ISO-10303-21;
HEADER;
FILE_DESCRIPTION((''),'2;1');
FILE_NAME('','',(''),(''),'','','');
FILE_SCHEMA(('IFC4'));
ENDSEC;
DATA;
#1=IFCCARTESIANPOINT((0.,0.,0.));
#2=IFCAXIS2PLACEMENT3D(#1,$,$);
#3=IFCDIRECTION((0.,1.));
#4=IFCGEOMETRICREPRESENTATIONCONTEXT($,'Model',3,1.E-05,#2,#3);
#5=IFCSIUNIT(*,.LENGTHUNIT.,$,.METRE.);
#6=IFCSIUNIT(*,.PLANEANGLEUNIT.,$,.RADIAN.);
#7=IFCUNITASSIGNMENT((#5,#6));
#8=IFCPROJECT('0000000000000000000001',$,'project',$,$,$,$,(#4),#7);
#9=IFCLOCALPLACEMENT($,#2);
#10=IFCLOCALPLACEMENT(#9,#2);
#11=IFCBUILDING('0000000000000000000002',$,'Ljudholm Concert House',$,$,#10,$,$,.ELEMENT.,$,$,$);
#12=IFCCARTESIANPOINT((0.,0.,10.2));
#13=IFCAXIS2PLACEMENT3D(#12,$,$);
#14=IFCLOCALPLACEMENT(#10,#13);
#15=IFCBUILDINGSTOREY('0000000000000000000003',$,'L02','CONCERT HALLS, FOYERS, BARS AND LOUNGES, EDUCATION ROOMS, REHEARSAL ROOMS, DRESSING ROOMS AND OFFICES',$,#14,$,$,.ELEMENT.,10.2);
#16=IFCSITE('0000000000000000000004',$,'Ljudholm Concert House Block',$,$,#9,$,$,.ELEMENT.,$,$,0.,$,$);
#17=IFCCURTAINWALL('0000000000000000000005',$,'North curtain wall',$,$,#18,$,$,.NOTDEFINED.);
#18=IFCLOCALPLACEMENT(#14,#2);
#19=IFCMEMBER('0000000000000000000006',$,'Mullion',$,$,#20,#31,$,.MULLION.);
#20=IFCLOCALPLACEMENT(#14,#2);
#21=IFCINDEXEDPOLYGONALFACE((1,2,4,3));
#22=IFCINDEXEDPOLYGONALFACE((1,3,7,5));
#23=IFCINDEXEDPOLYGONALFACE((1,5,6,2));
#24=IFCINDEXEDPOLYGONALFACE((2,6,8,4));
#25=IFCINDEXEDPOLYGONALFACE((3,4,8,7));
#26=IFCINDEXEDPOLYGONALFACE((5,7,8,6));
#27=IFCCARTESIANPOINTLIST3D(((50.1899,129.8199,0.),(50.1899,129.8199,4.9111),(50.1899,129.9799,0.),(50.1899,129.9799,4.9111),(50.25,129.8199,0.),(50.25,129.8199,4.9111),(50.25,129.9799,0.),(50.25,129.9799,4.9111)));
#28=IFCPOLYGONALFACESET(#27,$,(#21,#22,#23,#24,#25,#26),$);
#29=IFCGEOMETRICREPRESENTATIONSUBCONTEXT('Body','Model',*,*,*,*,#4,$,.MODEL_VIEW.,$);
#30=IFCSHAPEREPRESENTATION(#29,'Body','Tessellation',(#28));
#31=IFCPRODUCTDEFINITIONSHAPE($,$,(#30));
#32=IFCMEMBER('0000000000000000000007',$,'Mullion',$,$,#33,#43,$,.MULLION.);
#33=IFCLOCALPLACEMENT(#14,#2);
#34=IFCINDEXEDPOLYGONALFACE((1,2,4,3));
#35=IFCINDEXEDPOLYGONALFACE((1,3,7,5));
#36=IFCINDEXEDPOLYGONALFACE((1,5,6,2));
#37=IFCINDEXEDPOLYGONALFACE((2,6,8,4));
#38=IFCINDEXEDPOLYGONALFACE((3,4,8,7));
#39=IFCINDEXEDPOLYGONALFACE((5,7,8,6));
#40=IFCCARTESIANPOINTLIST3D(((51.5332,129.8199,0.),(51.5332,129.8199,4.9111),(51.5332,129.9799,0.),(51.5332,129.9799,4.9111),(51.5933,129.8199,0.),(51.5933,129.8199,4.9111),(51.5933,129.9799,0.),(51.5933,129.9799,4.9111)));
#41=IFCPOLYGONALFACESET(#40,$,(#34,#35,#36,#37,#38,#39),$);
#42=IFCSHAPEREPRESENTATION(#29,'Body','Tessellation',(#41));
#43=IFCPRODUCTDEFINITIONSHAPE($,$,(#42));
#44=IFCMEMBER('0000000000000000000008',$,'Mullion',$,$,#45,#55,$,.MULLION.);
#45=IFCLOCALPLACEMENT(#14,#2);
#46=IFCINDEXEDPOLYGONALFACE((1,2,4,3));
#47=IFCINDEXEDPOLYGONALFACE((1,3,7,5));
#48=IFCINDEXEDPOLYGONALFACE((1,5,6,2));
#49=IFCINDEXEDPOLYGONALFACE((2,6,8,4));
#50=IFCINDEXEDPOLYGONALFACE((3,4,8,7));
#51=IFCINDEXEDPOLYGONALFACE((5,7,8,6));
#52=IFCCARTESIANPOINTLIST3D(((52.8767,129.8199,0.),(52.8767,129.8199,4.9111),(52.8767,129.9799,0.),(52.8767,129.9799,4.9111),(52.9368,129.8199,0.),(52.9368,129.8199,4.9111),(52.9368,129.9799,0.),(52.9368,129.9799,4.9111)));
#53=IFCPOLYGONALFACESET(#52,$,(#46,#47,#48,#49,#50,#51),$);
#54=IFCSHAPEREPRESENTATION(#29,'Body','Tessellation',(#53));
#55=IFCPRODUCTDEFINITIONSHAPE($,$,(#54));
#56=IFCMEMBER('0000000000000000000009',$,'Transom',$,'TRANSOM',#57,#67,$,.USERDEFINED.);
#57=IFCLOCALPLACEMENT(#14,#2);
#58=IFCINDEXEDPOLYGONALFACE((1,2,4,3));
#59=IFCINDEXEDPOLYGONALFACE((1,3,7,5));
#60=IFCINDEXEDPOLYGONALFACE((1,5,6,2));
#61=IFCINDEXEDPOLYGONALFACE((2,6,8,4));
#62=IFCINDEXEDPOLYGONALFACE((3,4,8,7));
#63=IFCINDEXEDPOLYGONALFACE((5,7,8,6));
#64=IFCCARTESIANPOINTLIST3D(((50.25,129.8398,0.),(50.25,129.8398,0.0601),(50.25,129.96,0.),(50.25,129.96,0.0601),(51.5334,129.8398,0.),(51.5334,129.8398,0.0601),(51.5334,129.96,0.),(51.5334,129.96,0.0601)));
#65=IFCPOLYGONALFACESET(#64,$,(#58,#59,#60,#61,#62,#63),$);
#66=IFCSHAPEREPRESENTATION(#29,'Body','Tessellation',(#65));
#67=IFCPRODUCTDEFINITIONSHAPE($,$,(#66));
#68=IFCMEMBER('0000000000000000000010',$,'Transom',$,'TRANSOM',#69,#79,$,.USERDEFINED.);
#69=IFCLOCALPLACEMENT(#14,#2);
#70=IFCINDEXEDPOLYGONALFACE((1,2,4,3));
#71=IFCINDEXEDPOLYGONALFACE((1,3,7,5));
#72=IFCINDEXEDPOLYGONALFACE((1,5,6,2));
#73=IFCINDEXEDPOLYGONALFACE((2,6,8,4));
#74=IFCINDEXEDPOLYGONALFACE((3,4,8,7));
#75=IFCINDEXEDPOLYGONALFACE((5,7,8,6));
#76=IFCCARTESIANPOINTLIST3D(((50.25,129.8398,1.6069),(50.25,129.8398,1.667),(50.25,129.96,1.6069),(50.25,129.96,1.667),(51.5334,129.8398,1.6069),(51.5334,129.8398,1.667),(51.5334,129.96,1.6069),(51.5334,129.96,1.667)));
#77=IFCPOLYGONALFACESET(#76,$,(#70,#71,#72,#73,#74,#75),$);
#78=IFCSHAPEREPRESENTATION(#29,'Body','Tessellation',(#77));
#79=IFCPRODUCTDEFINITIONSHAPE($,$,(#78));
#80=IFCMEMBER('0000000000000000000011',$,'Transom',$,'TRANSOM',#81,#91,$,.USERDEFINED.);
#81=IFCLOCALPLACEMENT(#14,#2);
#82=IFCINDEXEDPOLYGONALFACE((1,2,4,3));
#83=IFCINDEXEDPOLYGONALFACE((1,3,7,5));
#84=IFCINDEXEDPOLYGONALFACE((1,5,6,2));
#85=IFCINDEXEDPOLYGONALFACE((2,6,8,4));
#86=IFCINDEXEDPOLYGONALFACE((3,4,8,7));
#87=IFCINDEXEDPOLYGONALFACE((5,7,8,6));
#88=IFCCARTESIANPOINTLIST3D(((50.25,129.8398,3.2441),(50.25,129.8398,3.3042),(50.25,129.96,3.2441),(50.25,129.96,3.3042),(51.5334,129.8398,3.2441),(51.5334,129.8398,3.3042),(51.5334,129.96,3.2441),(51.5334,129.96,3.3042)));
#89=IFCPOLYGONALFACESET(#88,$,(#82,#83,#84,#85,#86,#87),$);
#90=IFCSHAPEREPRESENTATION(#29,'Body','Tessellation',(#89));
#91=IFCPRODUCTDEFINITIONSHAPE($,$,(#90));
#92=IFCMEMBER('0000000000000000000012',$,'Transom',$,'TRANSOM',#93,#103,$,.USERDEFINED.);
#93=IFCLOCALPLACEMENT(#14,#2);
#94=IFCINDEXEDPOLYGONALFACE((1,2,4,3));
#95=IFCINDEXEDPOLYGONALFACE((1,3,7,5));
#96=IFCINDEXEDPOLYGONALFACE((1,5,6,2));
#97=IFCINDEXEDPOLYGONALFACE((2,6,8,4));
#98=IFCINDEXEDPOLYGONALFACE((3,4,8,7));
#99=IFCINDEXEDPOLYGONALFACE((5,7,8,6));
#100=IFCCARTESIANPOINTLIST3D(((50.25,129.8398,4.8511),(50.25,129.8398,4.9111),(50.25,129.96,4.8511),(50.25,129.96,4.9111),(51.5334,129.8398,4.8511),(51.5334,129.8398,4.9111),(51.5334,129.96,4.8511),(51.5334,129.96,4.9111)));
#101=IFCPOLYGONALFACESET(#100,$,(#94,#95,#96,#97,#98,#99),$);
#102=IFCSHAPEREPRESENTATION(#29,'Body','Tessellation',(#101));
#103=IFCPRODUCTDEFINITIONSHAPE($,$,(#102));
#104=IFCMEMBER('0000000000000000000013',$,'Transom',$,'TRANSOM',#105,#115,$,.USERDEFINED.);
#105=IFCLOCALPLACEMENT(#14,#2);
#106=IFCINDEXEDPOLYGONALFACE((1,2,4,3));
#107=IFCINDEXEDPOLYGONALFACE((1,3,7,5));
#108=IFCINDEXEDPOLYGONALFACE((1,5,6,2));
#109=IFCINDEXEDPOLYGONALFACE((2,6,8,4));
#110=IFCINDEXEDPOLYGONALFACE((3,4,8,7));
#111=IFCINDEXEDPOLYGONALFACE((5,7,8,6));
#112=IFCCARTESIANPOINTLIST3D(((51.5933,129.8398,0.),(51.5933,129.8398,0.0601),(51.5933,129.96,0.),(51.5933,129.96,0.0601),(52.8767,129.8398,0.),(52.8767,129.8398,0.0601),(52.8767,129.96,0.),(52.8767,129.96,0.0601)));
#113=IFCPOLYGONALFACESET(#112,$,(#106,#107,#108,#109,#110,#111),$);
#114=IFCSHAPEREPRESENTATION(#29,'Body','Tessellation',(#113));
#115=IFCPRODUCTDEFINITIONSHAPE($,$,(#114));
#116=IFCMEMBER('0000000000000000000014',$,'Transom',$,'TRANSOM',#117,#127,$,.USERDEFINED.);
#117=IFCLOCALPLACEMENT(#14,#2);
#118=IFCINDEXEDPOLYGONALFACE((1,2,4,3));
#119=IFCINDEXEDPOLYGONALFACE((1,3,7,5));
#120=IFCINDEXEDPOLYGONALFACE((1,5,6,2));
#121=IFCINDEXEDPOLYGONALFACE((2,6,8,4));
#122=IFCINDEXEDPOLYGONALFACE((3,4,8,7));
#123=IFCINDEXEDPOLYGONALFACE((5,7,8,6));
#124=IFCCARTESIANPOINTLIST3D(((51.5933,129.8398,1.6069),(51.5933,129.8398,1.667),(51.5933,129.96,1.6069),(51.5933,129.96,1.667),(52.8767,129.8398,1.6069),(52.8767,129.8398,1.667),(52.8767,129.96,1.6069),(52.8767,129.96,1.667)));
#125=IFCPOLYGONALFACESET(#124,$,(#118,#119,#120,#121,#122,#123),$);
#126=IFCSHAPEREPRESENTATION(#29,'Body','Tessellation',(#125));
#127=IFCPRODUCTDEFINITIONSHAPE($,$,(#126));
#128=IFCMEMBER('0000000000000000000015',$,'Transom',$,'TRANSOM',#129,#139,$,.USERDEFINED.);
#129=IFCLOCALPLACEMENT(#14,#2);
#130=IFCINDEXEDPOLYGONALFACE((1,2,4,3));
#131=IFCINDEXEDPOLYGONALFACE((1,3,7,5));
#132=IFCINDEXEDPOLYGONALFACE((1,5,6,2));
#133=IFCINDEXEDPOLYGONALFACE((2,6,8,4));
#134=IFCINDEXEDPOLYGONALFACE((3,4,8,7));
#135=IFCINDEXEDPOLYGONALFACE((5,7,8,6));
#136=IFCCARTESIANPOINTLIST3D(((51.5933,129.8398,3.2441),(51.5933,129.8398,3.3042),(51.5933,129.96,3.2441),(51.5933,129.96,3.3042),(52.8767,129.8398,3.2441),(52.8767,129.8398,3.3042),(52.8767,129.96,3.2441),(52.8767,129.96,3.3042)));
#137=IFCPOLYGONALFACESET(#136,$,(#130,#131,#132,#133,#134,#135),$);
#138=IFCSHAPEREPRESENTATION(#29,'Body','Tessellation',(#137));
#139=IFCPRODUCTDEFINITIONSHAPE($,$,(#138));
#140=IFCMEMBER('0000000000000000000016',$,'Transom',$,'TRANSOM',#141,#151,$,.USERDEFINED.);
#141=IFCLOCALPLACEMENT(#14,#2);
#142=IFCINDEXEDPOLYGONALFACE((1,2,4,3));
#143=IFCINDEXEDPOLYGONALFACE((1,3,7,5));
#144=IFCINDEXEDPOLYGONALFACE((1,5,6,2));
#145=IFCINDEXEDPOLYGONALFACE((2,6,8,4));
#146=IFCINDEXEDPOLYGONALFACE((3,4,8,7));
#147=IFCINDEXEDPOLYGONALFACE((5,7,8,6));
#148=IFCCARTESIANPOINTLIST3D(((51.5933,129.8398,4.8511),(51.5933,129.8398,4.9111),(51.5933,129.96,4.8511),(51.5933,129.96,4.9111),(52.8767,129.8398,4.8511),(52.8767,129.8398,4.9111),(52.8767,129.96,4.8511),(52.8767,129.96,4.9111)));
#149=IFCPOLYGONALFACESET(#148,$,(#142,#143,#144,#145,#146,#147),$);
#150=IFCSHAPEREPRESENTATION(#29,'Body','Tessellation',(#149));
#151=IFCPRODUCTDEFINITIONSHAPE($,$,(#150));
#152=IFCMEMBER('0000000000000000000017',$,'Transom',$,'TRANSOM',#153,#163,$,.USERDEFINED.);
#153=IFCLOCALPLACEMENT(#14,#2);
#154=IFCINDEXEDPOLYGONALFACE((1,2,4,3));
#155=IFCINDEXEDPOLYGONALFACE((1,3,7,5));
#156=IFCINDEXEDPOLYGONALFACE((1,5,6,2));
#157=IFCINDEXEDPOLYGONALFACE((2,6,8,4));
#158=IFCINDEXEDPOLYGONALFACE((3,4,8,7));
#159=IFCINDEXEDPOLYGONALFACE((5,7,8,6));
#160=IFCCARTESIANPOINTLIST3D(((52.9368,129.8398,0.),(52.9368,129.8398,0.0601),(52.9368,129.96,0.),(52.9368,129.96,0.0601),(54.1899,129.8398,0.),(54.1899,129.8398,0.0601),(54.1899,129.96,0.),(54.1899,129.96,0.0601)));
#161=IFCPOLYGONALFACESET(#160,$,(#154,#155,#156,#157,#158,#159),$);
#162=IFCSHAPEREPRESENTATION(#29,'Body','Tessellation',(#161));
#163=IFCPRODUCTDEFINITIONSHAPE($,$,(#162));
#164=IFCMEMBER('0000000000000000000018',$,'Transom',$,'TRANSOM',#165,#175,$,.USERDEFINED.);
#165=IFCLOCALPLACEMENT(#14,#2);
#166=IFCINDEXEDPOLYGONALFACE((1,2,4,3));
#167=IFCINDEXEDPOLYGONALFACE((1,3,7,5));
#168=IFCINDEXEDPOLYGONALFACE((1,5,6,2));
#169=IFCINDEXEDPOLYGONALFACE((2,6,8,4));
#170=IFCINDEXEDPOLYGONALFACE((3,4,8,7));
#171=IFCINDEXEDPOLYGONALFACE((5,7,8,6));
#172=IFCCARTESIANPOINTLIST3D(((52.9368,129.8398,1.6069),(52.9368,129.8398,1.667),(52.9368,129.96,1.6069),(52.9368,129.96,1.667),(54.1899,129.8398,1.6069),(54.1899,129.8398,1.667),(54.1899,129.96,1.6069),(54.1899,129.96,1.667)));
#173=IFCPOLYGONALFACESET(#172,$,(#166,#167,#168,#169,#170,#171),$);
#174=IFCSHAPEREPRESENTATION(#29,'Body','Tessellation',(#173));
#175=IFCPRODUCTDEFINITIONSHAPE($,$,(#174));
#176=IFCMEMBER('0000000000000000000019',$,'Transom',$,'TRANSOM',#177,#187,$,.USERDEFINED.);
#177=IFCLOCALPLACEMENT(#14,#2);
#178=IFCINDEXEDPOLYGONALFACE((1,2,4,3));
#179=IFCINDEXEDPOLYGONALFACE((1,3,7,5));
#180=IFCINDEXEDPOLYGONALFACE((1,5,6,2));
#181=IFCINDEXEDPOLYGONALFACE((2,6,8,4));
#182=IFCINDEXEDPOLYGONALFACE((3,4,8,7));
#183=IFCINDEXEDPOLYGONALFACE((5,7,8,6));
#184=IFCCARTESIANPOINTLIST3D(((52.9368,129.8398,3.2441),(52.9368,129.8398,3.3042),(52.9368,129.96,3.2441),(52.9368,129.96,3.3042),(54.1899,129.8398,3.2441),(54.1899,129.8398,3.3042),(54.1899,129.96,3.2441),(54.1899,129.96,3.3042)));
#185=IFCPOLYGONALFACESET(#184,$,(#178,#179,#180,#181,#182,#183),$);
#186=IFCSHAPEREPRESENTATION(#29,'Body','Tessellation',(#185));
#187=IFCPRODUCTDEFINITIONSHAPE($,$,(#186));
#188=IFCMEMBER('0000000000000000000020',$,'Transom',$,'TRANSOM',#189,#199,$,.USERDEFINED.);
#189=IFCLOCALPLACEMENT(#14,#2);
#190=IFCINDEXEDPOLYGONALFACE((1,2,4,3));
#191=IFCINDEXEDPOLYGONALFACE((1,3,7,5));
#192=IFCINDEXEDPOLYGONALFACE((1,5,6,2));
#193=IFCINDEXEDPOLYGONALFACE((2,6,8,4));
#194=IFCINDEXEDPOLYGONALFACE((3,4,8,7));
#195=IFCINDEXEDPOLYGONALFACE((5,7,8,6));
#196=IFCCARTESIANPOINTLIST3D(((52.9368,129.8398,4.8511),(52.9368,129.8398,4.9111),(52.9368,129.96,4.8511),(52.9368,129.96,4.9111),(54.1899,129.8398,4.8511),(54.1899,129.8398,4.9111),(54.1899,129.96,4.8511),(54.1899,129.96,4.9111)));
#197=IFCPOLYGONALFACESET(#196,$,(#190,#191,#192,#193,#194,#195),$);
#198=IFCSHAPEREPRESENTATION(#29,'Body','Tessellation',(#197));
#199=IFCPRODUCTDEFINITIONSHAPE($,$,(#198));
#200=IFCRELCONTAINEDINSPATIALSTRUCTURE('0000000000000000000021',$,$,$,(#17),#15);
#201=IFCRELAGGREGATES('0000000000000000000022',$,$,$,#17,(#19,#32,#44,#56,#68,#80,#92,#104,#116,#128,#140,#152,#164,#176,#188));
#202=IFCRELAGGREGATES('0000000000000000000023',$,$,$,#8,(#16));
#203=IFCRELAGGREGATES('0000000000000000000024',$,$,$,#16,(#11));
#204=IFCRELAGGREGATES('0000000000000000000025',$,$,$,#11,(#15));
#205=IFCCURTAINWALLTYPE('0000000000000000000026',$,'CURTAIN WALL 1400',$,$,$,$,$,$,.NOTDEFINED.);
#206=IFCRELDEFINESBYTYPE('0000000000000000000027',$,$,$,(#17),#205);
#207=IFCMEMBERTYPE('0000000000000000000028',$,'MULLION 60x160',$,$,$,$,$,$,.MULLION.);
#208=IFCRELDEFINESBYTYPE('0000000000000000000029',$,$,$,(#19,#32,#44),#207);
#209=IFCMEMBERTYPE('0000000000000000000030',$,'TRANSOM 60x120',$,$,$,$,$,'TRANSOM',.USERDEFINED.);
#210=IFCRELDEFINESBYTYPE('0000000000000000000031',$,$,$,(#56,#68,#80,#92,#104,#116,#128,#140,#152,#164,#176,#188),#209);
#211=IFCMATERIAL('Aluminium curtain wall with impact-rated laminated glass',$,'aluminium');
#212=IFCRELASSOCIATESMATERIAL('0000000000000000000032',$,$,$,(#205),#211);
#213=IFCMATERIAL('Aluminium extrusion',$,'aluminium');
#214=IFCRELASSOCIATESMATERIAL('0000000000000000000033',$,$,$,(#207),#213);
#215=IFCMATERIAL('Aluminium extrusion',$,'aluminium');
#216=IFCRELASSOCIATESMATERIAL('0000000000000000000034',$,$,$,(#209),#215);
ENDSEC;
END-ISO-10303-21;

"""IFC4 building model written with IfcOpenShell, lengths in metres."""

from ifc_helpers import new_model, si_unit, direction, frame, origin, origin_2d, place, context, subcontext, project, spatial, rectangle, extrude, material, material_profile, profile_set, type_object, element, aggregate, save


model = new_model("IFC4")

# Units and contexts
model_context = context("Model", 3, precision=1e-05, world=origin(), true_north=direction((0.0, 1.0)))
body_context = subcontext(model_context, "Body", "Model", "MODEL_VIEW")
ifc_project = project(units=[si_unit("LENGTHUNIT", "METRE"), si_unit("PLANEANGLEUNIT", "RADIAN")], contexts=[model_context])

# Site, building, storey
site_placement = place(None, origin())
site = spatial("IfcSite", under=ifc_project, at=site_placement, Name="Ljudholm Concert House Block", CompositionType="ELEMENT", RefElevation=0.0)
building_placement = place(site_placement, origin())
building = spatial("IfcBuilding", under=site, at=building_placement, Name="Ljudholm Concert House", CompositionType="ELEMENT")
storey_placement = place(building_placement, frame((0.0, 0.0, 10.2)))
storey = spatial("IfcBuildingStorey", under=building, at=storey_placement, Name="L02", Description="CONCERT HALLS, FOYERS, BARS AND LOUNGES, EDUCATION ROOMS, REHEARSAL ROOMS, DRESSING ROOMS AND OFFICES", CompositionType="ELEMENT", Elevation=10.2)

# Curtain wall, members
ifc_material_1 = material(Name="Aluminium curtain wall with impact-rated laminated glass", Category="aluminium")
curtain_wall_type = type_object("IfcCurtainWallType", Name="CURTAIN WALL 1400", PredefinedType="NOTDEFINED", material=ifc_material_1)
curtain_wall_placement = place(storey_placement, origin())
curtain_wall = element("IfcCurtainWall", 1, at=curtain_wall_placement, inside=storey, type_object=curtain_wall_type, Name="North curtain wall", PredefinedType="NOTDEFINED")
ifc_material_2 = material(Name="Aluminium extrusion", Category="aluminium")
ifc_material_profile_1 = material_profile(ifc_material_2, rectangle(XDim=0.1599, YDim=0.0601, at=origin_2d()), Name="MULLION 60x160")
ifc_profile_set_1 = profile_set([ifc_material_profile_1], Name="Aluminium extrusion")
member_type_1 = type_object("IfcMemberType", Name="MULLION 60x160", PredefinedType="MULLION", material=ifc_profile_set_1)
member_1_placement = place(storey_placement, frame((50.22, 129.8999, 0.0), z_axis=(0.0, 0.0, 1.0), x_axis=(0.0, 1.0, 0.0)))
member_1 = element("IfcMember", 2, at=member_1_placement, type_object=member_type_1, Name="Mullion", PredefinedType="MULLION", context=body_context, shape_type="SweptSolid", body=[
    extrude(rectangle(XDim=0.1599, YDim=0.0601, at=origin_2d()), origin(), (0.0, 0.0, 1.0), 4.9111),
])
member_2_placement = place(storey_placement, frame((51.5632, 129.8999, 0.0), z_axis=(0.0, 0.0, 1.0), x_axis=(0.0, 1.0, 0.0)))
member_2 = element("IfcMember", 3, at=member_2_placement, type_object=member_type_1, Name="Mullion", PredefinedType="MULLION", context=body_context, shape_type="SweptSolid", body=[
    extrude(rectangle(XDim=0.1599, YDim=0.0601, at=origin_2d()), origin(), (0.0, 0.0, 1.0), 4.9111),
])
member_3_placement = place(storey_placement, frame((52.9067, 129.8999, 0.0), z_axis=(0.0, 0.0, 1.0), x_axis=(0.0, 1.0, 0.0)))
member_3 = element("IfcMember", 4, at=member_3_placement, type_object=member_type_1, Name="Mullion", PredefinedType="MULLION", context=body_context, shape_type="SweptSolid", body=[
    extrude(rectangle(XDim=0.1599, YDim=0.0601, at=origin_2d()), origin(), (0.0, 0.0, 1.0), 4.9111),
])
ifc_material_3 = material(Name="Aluminium extrusion", Category="aluminium")
ifc_material_profile_2 = material_profile(ifc_material_3, rectangle(XDim=0.1201, YDim=0.0601, at=origin_2d()), Name="TRANSOM 60x120")
ifc_profile_set_2 = profile_set([ifc_material_profile_2], Name="Aluminium extrusion")
member_type_2 = type_object("IfcMemberType", Name="TRANSOM 60x120", ElementType="TRANSOM", PredefinedType="USERDEFINED", material=ifc_profile_set_2)
member_4_placement = place(storey_placement, frame((50.25, 129.8999, 0.03), z_axis=(1.0, 0.0, 0.0), x_axis=(0.0, 1.0, 0.0)))
member_4 = element("IfcMember", 5, at=member_4_placement, type_object=member_type_2, Name="Transom", ObjectType="TRANSOM", PredefinedType="USERDEFINED", context=body_context, shape_type="SweptSolid", body=[
    extrude(rectangle(XDim=0.1201, YDim=0.0601, at=origin_2d()), origin(), (0.0, 0.0, 1.0), 1.2834),
])
member_5_placement = place(storey_placement, frame((50.25, 129.8999, 1.637), z_axis=(1.0, 0.0, 0.0), x_axis=(0.0, 1.0, 0.0)))
member_5 = element("IfcMember", 6, at=member_5_placement, type_object=member_type_2, Name="Transom", ObjectType="TRANSOM", PredefinedType="USERDEFINED", context=body_context, shape_type="SweptSolid", body=[
    extrude(rectangle(XDim=0.1201, YDim=0.0601, at=origin_2d()), origin(), (0.0, 0.0, 1.0), 1.2834),
])
member_6_placement = place(storey_placement, frame((50.25, 129.8999, 3.2742), z_axis=(1.0, 0.0, 0.0), x_axis=(0.0, 1.0, 0.0)))
member_6 = element("IfcMember", 7, at=member_6_placement, type_object=member_type_2, Name="Transom", ObjectType="TRANSOM", PredefinedType="USERDEFINED", context=body_context, shape_type="SweptSolid", body=[
    extrude(rectangle(XDim=0.1201, YDim=0.0601, at=origin_2d()), origin(), (0.0, 0.0, 1.0), 1.2834),
])
member_7_placement = place(storey_placement, frame((50.25, 129.8999, 4.8811), z_axis=(1.0, 0.0, 0.0), x_axis=(0.0, 1.0, 0.0)))
member_7 = element("IfcMember", 8, at=member_7_placement, type_object=member_type_2, Name="Transom", ObjectType="TRANSOM", PredefinedType="USERDEFINED", context=body_context, shape_type="SweptSolid", body=[
    extrude(rectangle(XDim=0.1201, YDim=0.0601, at=origin_2d()), origin(), (0.0, 0.0, 1.0), 1.2834),
])
member_8_placement = place(storey_placement, frame((51.5933, 129.8999, 0.03), z_axis=(1.0, 0.0, 0.0), x_axis=(0.0, 1.0, 0.0)))
member_8 = element("IfcMember", 9, at=member_8_placement, type_object=member_type_2, Name="Transom", ObjectType="TRANSOM", PredefinedType="USERDEFINED", context=body_context, shape_type="SweptSolid", body=[
    extrude(rectangle(XDim=0.1201, YDim=0.0601, at=origin_2d()), origin(), (0.0, 0.0, 1.0), 1.2834),
])
member_9_placement = place(storey_placement, frame((51.5933, 129.8999, 1.637), z_axis=(1.0, 0.0, 0.0), x_axis=(0.0, 1.0, 0.0)))
member_9 = element("IfcMember", 10, at=member_9_placement, type_object=member_type_2, Name="Transom", ObjectType="TRANSOM", PredefinedType="USERDEFINED", context=body_context, shape_type="SweptSolid", body=[
    extrude(rectangle(XDim=0.1201, YDim=0.0601, at=origin_2d()), origin(), (0.0, 0.0, 1.0), 1.2834),
])
member_10_placement = place(storey_placement, frame((51.5933, 129.8999, 3.2742), z_axis=(1.0, 0.0, 0.0), x_axis=(0.0, 1.0, 0.0)))
member_10 = element("IfcMember", 11, at=member_10_placement, type_object=member_type_2, Name="Transom", ObjectType="TRANSOM", PredefinedType="USERDEFINED", context=body_context, shape_type="SweptSolid", body=[
    extrude(rectangle(XDim=0.1201, YDim=0.0601, at=origin_2d()), origin(), (0.0, 0.0, 1.0), 1.2834),
])
member_11_placement = place(storey_placement, frame((51.5933, 129.8999, 4.8811), z_axis=(1.0, 0.0, 0.0), x_axis=(0.0, 1.0, 0.0)))
member_11 = element("IfcMember", 12, at=member_11_placement, type_object=member_type_2, Name="Transom", ObjectType="TRANSOM", PredefinedType="USERDEFINED", context=body_context, shape_type="SweptSolid", body=[
    extrude(rectangle(XDim=0.1201, YDim=0.0601, at=origin_2d()), origin(), (0.0, 0.0, 1.0), 1.2834),
])
member_12_placement = place(storey_placement, frame((52.9368, 129.8999, 0.03), z_axis=(1.0, 0.0, 0.0), x_axis=(0.0, 1.0, 0.0)))
member_12 = element("IfcMember", 13, at=member_12_placement, type_object=member_type_2, Name="Transom", ObjectType="TRANSOM", PredefinedType="USERDEFINED", context=body_context, shape_type="SweptSolid", body=[
    extrude(rectangle(XDim=0.1201, YDim=0.0601, at=origin_2d()), origin(), (0.0, 0.0, 1.0), 1.2532),
])
member_13_placement = place(storey_placement, frame((52.9368, 129.8999, 1.637), z_axis=(1.0, 0.0, 0.0), x_axis=(0.0, 1.0, 0.0)))
member_13 = element("IfcMember", 14, at=member_13_placement, type_object=member_type_2, Name="Transom", ObjectType="TRANSOM", PredefinedType="USERDEFINED", context=body_context, shape_type="SweptSolid", body=[
    extrude(rectangle(XDim=0.1201, YDim=0.0601, at=origin_2d()), origin(), (0.0, 0.0, 1.0), 1.2532),
])
member_14_placement = place(storey_placement, frame((52.9368, 129.8999, 3.2742), z_axis=(1.0, 0.0, 0.0), x_axis=(0.0, 1.0, 0.0)))
member_14 = element("IfcMember", 15, at=member_14_placement, type_object=member_type_2, Name="Transom", ObjectType="TRANSOM", PredefinedType="USERDEFINED", context=body_context, shape_type="SweptSolid", body=[
    extrude(rectangle(XDim=0.1201, YDim=0.0601, at=origin_2d()), origin(), (0.0, 0.0, 1.0), 1.2532),
])
member_15_placement = place(storey_placement, frame((52.9368, 129.8999, 4.8811), z_axis=(1.0, 0.0, 0.0), x_axis=(0.0, 1.0, 0.0)))
member_15 = element("IfcMember", 16, at=member_15_placement, type_object=member_type_2, Name="Transom", ObjectType="TRANSOM", PredefinedType="USERDEFINED", context=body_context, shape_type="SweptSolid", body=[
    extrude(rectangle(XDim=0.1201, YDim=0.0601, at=origin_2d()), origin(), (0.0, 0.0, 1.0), 1.2532),
])
aggregate(curtain_wall, [member_1, member_2, member_3, member_4, member_5, member_6, member_7, member_8, member_9, member_10, member_11, member_12, member_13, member_14, member_15])

save(model, "model.ifc")
